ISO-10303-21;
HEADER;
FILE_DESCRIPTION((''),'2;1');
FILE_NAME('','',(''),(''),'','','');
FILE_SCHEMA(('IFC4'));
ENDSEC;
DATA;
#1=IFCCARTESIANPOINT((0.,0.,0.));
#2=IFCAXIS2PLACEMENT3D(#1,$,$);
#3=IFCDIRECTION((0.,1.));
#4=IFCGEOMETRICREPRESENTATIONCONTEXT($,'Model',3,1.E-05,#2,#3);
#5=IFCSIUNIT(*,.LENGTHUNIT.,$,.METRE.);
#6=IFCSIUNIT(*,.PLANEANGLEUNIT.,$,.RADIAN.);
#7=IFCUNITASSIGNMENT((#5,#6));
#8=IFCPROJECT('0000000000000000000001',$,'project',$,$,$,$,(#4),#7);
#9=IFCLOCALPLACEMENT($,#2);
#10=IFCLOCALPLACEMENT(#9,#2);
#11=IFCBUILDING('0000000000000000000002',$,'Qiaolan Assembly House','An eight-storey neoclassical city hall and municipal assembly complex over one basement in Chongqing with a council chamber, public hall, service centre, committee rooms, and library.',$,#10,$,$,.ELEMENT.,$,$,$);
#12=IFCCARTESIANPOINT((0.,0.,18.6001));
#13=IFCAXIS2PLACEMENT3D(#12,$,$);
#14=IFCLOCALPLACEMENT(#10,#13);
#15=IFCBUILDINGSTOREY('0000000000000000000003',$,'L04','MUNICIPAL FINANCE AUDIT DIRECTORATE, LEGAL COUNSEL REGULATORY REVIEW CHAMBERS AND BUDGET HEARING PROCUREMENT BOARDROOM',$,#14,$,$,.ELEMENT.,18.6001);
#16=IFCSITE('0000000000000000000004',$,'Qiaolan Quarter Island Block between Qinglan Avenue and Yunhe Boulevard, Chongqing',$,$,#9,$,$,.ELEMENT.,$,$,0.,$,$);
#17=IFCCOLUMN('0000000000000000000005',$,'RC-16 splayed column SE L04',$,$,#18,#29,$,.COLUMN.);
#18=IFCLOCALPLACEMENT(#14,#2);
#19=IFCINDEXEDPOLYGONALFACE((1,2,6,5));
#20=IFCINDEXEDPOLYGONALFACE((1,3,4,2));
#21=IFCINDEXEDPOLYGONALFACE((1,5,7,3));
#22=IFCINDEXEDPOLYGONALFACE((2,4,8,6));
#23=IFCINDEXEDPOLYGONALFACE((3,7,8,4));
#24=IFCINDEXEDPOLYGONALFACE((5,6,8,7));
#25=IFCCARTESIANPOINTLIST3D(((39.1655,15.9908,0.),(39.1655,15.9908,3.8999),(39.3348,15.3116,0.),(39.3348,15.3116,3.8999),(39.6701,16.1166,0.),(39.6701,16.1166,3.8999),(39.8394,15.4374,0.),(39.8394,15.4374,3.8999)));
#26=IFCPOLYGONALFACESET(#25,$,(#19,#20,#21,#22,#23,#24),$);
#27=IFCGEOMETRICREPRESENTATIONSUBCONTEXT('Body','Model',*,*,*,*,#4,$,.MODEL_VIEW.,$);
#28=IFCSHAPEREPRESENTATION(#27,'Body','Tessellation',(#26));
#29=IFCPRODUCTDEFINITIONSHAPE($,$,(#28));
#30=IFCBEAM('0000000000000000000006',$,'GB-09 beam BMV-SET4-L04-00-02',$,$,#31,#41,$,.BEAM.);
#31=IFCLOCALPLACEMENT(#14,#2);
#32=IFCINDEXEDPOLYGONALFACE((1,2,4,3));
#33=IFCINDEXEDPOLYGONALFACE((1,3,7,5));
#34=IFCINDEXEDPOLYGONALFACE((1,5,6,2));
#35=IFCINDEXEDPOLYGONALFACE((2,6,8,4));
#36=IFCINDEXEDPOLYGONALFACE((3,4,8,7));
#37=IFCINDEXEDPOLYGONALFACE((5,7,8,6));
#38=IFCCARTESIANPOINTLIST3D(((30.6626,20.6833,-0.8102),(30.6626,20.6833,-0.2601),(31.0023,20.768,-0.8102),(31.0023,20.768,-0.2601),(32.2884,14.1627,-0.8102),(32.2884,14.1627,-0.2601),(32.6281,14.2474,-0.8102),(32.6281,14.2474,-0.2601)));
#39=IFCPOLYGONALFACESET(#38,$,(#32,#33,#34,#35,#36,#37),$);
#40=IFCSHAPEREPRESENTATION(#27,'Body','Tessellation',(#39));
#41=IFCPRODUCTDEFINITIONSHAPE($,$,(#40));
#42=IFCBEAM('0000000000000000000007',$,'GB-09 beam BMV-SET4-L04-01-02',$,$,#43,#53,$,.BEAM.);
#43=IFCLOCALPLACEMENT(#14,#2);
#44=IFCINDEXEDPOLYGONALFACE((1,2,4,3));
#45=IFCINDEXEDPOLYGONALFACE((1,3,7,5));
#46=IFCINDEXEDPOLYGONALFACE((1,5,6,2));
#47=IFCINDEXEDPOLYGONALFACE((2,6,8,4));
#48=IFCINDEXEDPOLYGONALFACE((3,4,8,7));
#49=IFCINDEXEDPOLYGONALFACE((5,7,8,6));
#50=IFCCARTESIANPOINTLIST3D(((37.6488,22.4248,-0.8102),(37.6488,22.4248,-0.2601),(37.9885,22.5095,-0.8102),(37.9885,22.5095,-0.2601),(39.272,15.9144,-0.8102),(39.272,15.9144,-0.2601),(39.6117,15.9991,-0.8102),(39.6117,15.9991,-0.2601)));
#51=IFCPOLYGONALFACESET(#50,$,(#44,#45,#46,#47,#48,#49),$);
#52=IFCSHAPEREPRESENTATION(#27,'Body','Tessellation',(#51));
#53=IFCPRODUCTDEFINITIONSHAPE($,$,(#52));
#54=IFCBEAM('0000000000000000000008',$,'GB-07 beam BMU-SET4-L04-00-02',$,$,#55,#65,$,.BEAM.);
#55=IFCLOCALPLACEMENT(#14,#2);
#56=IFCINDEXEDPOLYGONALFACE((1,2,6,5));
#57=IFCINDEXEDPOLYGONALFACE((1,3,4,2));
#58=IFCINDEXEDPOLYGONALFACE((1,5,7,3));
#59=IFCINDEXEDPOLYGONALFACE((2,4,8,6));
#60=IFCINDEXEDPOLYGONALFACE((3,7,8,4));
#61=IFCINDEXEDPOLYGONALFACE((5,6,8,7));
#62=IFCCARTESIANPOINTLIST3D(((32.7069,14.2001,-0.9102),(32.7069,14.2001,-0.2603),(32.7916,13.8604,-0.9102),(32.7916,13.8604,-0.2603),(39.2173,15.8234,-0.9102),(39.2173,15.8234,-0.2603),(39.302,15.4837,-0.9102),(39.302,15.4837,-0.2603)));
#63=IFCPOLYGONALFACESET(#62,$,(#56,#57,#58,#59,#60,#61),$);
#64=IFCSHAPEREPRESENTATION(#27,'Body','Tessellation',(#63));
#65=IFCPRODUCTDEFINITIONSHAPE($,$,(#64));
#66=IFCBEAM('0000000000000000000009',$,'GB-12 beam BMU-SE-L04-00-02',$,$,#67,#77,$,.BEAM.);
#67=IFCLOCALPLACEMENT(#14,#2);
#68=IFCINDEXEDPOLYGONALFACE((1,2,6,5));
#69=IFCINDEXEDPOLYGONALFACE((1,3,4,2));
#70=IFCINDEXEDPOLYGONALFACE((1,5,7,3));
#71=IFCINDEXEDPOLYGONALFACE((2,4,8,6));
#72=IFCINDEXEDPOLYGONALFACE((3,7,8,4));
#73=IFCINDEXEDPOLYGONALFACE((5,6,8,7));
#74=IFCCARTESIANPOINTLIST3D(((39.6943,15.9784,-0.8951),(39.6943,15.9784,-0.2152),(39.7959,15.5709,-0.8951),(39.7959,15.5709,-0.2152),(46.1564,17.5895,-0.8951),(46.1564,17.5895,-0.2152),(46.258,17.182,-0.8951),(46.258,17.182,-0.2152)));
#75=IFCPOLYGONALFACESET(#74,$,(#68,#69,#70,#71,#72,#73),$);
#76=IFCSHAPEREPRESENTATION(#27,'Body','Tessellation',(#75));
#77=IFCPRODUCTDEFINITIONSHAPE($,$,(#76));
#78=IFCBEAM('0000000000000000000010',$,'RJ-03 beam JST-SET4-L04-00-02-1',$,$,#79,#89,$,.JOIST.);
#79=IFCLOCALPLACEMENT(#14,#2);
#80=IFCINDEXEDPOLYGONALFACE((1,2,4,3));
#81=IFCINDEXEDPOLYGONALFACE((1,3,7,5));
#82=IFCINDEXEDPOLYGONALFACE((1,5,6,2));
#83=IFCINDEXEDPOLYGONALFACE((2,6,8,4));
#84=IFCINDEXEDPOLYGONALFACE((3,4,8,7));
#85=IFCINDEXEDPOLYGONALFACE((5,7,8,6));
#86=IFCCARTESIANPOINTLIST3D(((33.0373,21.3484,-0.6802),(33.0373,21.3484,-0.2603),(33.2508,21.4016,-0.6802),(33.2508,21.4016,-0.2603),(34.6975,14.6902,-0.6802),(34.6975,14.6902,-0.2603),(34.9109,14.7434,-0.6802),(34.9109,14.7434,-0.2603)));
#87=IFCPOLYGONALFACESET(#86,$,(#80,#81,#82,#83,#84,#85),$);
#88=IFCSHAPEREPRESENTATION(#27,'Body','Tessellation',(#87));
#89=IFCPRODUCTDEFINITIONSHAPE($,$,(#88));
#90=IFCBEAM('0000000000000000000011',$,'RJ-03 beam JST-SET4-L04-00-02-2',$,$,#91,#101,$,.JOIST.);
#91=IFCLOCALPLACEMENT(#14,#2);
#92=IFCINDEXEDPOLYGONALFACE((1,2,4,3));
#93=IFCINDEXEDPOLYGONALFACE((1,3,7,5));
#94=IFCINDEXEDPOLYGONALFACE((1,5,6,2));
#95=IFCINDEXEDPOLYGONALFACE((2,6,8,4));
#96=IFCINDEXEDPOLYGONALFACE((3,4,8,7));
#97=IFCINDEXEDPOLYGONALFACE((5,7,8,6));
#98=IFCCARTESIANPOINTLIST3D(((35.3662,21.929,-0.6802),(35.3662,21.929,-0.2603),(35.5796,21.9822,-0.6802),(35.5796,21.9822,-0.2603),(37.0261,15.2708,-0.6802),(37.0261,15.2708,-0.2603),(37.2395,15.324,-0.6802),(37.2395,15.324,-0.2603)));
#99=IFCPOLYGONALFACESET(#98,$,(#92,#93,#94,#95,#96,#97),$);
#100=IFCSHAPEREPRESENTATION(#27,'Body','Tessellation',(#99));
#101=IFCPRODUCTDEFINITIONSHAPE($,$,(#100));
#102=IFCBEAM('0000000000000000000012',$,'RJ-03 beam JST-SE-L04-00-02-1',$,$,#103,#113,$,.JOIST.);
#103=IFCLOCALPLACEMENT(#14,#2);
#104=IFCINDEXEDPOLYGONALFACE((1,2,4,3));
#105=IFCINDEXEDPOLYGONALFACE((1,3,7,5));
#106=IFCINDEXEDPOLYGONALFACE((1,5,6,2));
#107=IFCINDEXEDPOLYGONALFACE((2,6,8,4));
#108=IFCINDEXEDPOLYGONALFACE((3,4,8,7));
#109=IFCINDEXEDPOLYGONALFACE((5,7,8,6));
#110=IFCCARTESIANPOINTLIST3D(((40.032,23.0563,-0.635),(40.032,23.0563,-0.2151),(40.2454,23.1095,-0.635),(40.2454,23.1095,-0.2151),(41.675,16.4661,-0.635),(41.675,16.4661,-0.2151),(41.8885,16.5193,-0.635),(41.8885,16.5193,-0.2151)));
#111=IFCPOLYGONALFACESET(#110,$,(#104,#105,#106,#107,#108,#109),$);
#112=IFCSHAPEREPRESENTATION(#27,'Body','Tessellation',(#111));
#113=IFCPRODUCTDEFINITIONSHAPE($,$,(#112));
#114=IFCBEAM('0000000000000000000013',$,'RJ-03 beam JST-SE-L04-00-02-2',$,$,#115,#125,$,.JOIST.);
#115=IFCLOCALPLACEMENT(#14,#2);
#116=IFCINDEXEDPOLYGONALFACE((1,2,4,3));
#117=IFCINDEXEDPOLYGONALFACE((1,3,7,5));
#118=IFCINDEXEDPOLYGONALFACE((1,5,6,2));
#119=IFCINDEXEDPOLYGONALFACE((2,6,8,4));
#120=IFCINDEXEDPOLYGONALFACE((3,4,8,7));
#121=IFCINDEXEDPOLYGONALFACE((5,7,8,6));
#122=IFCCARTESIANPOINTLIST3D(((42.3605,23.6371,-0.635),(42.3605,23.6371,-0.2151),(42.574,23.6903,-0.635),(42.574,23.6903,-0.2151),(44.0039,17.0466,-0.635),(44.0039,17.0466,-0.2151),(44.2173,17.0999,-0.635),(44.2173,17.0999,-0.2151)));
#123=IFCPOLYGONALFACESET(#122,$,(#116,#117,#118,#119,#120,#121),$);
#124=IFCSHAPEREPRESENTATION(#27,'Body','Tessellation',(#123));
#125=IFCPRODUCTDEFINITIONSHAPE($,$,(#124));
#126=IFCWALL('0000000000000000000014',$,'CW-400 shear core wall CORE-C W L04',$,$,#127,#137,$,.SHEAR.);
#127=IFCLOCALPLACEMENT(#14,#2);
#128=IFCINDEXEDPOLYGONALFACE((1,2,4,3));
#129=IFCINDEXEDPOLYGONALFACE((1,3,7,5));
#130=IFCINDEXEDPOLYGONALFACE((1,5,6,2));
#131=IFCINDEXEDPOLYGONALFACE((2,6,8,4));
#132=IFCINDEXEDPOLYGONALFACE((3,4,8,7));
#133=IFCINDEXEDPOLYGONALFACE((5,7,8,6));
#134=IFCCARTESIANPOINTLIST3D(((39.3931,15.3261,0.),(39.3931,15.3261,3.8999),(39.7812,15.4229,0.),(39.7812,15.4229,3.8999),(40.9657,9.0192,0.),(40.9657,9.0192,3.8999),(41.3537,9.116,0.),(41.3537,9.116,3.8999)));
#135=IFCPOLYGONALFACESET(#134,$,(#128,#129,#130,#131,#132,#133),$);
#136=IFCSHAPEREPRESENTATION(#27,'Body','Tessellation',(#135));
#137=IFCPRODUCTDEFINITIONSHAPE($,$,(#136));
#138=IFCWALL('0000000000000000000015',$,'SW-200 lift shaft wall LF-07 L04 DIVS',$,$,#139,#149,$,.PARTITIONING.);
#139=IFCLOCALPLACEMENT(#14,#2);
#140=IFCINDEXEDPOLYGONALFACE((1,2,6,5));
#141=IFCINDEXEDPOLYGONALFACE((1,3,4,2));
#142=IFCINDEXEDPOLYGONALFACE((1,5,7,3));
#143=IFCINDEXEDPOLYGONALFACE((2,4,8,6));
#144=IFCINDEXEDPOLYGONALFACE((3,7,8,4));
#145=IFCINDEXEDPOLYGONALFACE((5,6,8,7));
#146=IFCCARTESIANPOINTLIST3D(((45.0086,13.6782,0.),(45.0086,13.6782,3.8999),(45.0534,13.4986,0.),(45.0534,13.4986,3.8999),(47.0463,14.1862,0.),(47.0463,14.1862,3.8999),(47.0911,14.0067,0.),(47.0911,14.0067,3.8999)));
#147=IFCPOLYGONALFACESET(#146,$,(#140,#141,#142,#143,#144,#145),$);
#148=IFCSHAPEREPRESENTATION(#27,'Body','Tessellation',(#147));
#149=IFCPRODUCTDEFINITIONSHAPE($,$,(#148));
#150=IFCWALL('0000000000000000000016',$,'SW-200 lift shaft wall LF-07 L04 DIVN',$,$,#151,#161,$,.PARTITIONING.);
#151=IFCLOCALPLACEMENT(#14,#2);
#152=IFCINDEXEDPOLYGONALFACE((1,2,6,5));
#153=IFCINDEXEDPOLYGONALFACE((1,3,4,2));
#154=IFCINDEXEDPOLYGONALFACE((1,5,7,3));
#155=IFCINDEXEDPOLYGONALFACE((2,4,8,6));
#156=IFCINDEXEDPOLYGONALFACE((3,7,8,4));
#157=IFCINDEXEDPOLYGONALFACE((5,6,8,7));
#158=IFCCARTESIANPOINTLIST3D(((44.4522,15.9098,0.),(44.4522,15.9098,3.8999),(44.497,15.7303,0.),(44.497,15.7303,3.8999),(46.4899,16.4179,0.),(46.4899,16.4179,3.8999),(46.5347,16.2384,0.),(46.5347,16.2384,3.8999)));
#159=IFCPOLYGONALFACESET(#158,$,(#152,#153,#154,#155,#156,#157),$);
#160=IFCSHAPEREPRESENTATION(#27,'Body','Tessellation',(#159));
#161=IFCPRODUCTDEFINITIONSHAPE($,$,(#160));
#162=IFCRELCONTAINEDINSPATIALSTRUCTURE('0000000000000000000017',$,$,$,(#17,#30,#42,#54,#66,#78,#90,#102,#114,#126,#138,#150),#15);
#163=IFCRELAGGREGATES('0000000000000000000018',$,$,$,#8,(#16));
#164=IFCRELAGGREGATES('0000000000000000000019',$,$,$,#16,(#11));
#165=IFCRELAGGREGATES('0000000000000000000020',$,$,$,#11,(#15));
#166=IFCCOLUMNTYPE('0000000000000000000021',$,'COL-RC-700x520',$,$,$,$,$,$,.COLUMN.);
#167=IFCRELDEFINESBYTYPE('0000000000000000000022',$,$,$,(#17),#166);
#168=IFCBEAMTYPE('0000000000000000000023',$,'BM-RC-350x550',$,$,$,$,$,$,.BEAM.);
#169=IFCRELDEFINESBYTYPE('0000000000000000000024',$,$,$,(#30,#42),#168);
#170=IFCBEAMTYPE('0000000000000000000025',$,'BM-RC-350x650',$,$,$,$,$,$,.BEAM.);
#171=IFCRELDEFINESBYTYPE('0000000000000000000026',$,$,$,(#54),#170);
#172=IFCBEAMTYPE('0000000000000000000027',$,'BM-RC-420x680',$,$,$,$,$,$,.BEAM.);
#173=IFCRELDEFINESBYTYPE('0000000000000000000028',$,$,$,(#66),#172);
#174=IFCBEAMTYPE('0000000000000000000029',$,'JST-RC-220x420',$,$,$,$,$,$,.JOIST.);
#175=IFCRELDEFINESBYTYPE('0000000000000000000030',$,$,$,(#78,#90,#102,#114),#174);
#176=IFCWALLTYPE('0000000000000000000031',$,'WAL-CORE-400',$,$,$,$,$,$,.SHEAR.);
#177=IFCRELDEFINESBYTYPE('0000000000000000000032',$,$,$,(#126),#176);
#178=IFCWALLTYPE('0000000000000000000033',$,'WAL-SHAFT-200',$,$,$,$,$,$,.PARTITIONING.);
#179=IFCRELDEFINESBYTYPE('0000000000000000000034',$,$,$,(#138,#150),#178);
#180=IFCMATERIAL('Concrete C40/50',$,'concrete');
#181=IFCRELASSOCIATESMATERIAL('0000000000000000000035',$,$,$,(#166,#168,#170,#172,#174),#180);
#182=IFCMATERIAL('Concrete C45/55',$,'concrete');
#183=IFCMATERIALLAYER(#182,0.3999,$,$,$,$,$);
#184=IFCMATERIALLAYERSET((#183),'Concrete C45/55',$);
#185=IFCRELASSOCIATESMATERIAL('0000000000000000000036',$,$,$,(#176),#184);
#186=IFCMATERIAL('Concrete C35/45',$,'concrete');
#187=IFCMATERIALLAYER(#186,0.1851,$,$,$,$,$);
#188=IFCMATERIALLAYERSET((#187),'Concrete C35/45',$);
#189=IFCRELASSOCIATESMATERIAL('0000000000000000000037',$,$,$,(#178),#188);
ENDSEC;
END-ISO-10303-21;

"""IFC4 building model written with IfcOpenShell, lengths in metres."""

from ifc_helpers import new_model, si_unit, direction, frame, frame_2d, origin, origin_2d, place, context, subcontext, project, spatial, rectangle, extrude, material, layer, layer_set, material_profile, profile_set, type_object, element, save


model = new_model("IFC4")

# Units and contexts
model_context = context("Model", 3, precision=1e-05, world=origin(), true_north=direction((0.0, 1.0)))
body_context = subcontext(model_context, "Body", "Model", "MODEL_VIEW")
ifc_project = project(units=[si_unit("LENGTHUNIT", "METRE"), si_unit("PLANEANGLEUNIT", "RADIAN")], contexts=[model_context])

# Site, building, storey
site_placement = place(None, origin())
site = spatial("IfcSite", under=ifc_project, at=site_placement, Name="Qiaolan Quarter Island Block between Qinglan Avenue and Yunhe Boulevard, Chongqing", CompositionType="ELEMENT", RefElevation=0.0)
building_placement = place(site_placement, origin())
building = spatial("IfcBuilding", under=site, at=building_placement, Name="Qiaolan Assembly House", Description="An eight-storey neoclassical city hall and municipal assembly complex over one basement in Chongqing with a council chamber, public hall, service centre, committee rooms, and library.", CompositionType="ELEMENT")
storey_placement = place(building_placement, frame((0.0, 0.0, 18.6001)))
storey = spatial("IfcBuildingStorey", under=building, at=storey_placement, Name="L04", Description="MUNICIPAL FINANCE AUDIT DIRECTORATE, LEGAL COUNSEL REGULATORY REVIEW CHAMBERS AND BUDGET HEARING PROCUREMENT BOARDROOM", CompositionType="ELEMENT", Elevation=18.6001)

# Column
ifc_material_1 = material(Name="Concrete C40/50", Category="concrete")
ifc_material_profile_1 = material_profile(ifc_material_1, rectangle(XDim=0.52, YDim=0.7, at=origin_2d()), Name="RC 700x520")
ifc_profile_set_1 = profile_set([ifc_material_profile_1], Name="Concrete C40/50")
column_type = type_object("IfcColumnType", Name="COL-RC-700x520", PredefinedType="COLUMN", material=ifc_profile_set_1)
column_placement = place(storey_placement, frame((39.5024, 15.7141, 0.0), z_axis=(0.0, 0.0, 1.0), x_axis=(0.970296, 0.241922, 0.0)))
element("IfcColumn", 1, at=column_placement, inside=storey, type_object=column_type, Name="RC-16 splayed column SE L04", PredefinedType="COLUMN", context=body_context, shape_type="SweptSolid", body=[
    extrude(rectangle(XDim=0.52, YDim=0.7, at=origin_2d()), origin(), (0.0, 0.0, 1.0), 3.8999),
])

# Beams
ifc_material_profile_2 = material_profile(ifc_material_1, rectangle(XDim=0.3501, YDim=0.55, at=origin_2d()), Name="RCB 350x550")
ifc_profile_set_2 = profile_set([ifc_material_profile_2], Name="Concrete C40/50")
beam_type_1 = type_object("IfcBeamType", Name="BM-RC-350x550", PredefinedType="BEAM", material=ifc_profile_set_2)
beam_1_placement = place(storey_placement, frame((32.4583, 14.2051, -0.5352), z_axis=(-0.24192, 0.970296, 0.0), x_axis=(-0.970296, -0.24192, 0.0)))
element("IfcBeam", 2, at=beam_1_placement, inside=storey, type_object=beam_type_1, Name="GB-09 beam BMV-SET4-L04-00-02", PredefinedType="BEAM", context=body_context, shape_type="SweptSolid", body=[
    extrude(rectangle(XDim=0.3501, YDim=0.55, at=origin_2d()), origin(), (0.0, 0.0, 1.0), 6.7202),
])
beam_2_placement = place(storey_placement, frame((39.4419, 15.9568, -0.5352), z_axis=(-0.241928, 0.970294, 0.0), x_axis=(-0.970294, -0.241928, 0.0)))
element("IfcBeam", 3, at=beam_2_placement, inside=storey, type_object=beam_type_1, Name="GB-09 beam BMV-SET4-L04-01-02", PredefinedType="BEAM", context=body_context, shape_type="SweptSolid", body=[
    extrude(rectangle(XDim=0.3501, YDim=0.55, at=origin_2d()), origin(), (0.0, 0.0, 1.0), 6.7097),
])
ifc_material_profile_3 = material_profile(ifc_material_1, rectangle(XDim=0.3501, YDim=0.6499, at=origin_2d()), Name="RCB 350x650")
ifc_profile_set_3 = profile_set([ifc_material_profile_3], Name="Concrete C40/50")
beam_type_2 = type_object("IfcBeamType", Name="BM-RC-350x650", PredefinedType="BEAM", material=ifc_profile_set_3)
beam_3_placement = place(storey_placement, frame((32.7493, 14.0303, -0.5852), z_axis=(0.970294, 0.241928, 0.0), x_axis=(-0.241928, 0.970294, 0.0)))
element("IfcBeam", 4, at=beam_3_placement, inside=storey, type_object=beam_type_2, Name="GB-07 beam BMU-SET4-L04-00-02", PredefinedType="BEAM", context=body_context, shape_type="SweptSolid", body=[
    extrude(rectangle(XDim=0.3501, YDim=0.6499, at=origin_2d()), origin(), (0.0, 0.0, 1.0), 6.7097),
])
ifc_material_profile_4 = material_profile(ifc_material_1, rectangle(XDim=0.4199, YDim=0.6799, at=origin_2d()), Name="RCB 420x680")
ifc_profile_set_4 = profile_set([ifc_material_profile_4], Name="Concrete C40/50")
beam_type_3 = type_object("IfcBeamType", Name="BM-RC-420x680", PredefinedType="BEAM", material=ifc_profile_set_4)
beam_4_placement = place(storey_placement, frame((39.7451, 15.7747, -0.5552), z_axis=(0.9703, 0.241906, 0.0), x_axis=(-0.241906, 0.9703, 0.0)))
element("IfcBeam", 5, at=beam_4_placement, inside=storey, type_object=beam_type_3, Name="GB-12 beam BMU-SE-L04-00-02", PredefinedType="BEAM", context=body_context, shape_type="SweptSolid", body=[
    extrude(rectangle(XDim=0.4199, YDim=0.6799, at=origin_2d()), origin(), (0.0, 0.0, 1.0), 6.6599),
])
ifc_material_profile_5 = material_profile(ifc_material_1, rectangle(XDim=0.22, YDim=0.4199, at=origin_2d()), Name="RCB 220x420")
ifc_profile_set_5 = profile_set([ifc_material_profile_5], Name="Concrete C40/50")
beam_type_4 = type_object("IfcBeamType", Name="JST-RC-220x420", PredefinedType="JOIST", material=ifc_profile_set_5)
for number, where, z_axis, x_axis, name in (
    (6, (34.8042, 14.7168, -0.4702), (-0.241933, 0.970293, 0.0), (-0.970293, -0.241933, 0.0), "RJ-03 beam JST-SET4-L04-00-02-1"),
    (7, (37.1328, 15.2974, -0.4702), (-0.241899, 0.970301, 0.0), (-0.970301, -0.241899, 0.0), "RJ-03 beam JST-SET4-L04-00-02-2"),
):
    element("IfcBeam", number, at=place(storey_placement, frame(where, z_axis=z_axis, x_axis=x_axis)), inside=storey, type_object=beam_type_4, Name=name, PredefinedType="JOIST", context=body_context, shape_type="SweptSolid", body=[
        extrude(rectangle(XDim=0.22, YDim=0.4199, at=origin_2d()), origin(), (0.0, 0.0, 1.0), 6.8621),
    ])
beam_5_placement = place(storey_placement, frame((41.7817, 16.4927, -0.425), z_axis=(-0.24191, 0.970299, 0.0), x_axis=(-0.970299, -0.24191, 0.0)))
element("IfcBeam", 8, at=beam_5_placement, inside=storey, type_object=beam_type_4, Name="RJ-03 beam JST-SE-L04-00-02-1", PredefinedType="JOIST", context=body_context, shape_type="SweptSolid", body=[
    extrude(rectangle(XDim=0.22, YDim=0.4199, at=origin_2d()), origin(), (0.0, 0.0, 1.0), 6.792),
])
beam_6_placement = place(storey_placement, frame((44.1106, 17.0732, -0.425), z_axis=(-0.241944, 0.97029, 0.0), x_axis=(-0.97029, -0.241944, 0.0)))
element("IfcBeam", 9, at=beam_6_placement, inside=storey, type_object=beam_type_4, Name="RJ-03 beam JST-SE-L04-00-02-2", PredefinedType="JOIST", context=body_context, shape_type="SweptSolid", body=[
    extrude(rectangle(XDim=0.22, YDim=0.4199, at=origin_2d()), origin(), (0.0, 0.0, 1.0), 6.7922),
])

# Walls
ifc_material_2 = material(Name="Concrete C45/55", Category="concrete")
ifc_layer_1 = layer(ifc_material_2, 0.3999)
ifc_layer_set_1 = layer_set([ifc_layer_1], Name="Concrete C45/55")
wall_type_1 = type_object("IfcWallType", Name="WAL-CORE-400", PredefinedType="SHEAR", material=ifc_layer_set_1)
wall_placement = place(storey_placement, frame((39.5872, 15.3745, 0.0), z_axis=(0.0, 0.0, 1.0), x_axis=(0.241926, -0.970295, 0.0)))
element("IfcWall", 10, at=wall_placement, inside=storey, type_object=wall_type_1, Name="CW-400 shear core wall CORE-C W L04", PredefinedType="SHEAR", context=body_context, shape_type="SweptSolid", body=[
    extrude(rectangle(XDim=6.5, YDim=0.3999, at=frame_2d((3.25, 0.0))), origin(), (0.0, 0.0, 1.0), 3.8999),
])
ifc_material_3 = material(Name="Concrete C35/45", Category="concrete")
ifc_layer_2 = layer(ifc_material_3, 0.1851)
ifc_layer_set_2 = layer_set([ifc_layer_2], Name="Concrete C35/45")
wall_type_2 = type_object("IfcWallType", Name="WAL-SHAFT-200", PredefinedType="PARTITIONING", material=ifc_layer_set_2)
for number, where, z_axis, x_axis, name in (
    (11, (45.031, 13.5884, 0.0), (0.0, 0.0, 1.0), (0.970293, 0.241934, 0.0), "SW-200 lift shaft wall LF-07 L04 DIVS"),
    (12, (44.4746, 15.8201, 0.0), (0.0, 0.0, 1.0), (0.970293, 0.241934, 0.0), "SW-200 lift shaft wall LF-07 L04 DIVN"),
):
    element("IfcWall", number, at=place(storey_placement, frame(where, z_axis=z_axis, x_axis=x_axis)), inside=storey, type_object=wall_type_2, Name=name, PredefinedType="PARTITIONING", context=body_context, shape_type="SweptSolid", body=[
        extrude(rectangle(XDim=2.1001, YDim=0.1851, at=frame_2d((1.05, 0.0))), origin(), (0.0, 0.0, 1.0), 3.8999),
    ])

save(model, "model.ifc")
